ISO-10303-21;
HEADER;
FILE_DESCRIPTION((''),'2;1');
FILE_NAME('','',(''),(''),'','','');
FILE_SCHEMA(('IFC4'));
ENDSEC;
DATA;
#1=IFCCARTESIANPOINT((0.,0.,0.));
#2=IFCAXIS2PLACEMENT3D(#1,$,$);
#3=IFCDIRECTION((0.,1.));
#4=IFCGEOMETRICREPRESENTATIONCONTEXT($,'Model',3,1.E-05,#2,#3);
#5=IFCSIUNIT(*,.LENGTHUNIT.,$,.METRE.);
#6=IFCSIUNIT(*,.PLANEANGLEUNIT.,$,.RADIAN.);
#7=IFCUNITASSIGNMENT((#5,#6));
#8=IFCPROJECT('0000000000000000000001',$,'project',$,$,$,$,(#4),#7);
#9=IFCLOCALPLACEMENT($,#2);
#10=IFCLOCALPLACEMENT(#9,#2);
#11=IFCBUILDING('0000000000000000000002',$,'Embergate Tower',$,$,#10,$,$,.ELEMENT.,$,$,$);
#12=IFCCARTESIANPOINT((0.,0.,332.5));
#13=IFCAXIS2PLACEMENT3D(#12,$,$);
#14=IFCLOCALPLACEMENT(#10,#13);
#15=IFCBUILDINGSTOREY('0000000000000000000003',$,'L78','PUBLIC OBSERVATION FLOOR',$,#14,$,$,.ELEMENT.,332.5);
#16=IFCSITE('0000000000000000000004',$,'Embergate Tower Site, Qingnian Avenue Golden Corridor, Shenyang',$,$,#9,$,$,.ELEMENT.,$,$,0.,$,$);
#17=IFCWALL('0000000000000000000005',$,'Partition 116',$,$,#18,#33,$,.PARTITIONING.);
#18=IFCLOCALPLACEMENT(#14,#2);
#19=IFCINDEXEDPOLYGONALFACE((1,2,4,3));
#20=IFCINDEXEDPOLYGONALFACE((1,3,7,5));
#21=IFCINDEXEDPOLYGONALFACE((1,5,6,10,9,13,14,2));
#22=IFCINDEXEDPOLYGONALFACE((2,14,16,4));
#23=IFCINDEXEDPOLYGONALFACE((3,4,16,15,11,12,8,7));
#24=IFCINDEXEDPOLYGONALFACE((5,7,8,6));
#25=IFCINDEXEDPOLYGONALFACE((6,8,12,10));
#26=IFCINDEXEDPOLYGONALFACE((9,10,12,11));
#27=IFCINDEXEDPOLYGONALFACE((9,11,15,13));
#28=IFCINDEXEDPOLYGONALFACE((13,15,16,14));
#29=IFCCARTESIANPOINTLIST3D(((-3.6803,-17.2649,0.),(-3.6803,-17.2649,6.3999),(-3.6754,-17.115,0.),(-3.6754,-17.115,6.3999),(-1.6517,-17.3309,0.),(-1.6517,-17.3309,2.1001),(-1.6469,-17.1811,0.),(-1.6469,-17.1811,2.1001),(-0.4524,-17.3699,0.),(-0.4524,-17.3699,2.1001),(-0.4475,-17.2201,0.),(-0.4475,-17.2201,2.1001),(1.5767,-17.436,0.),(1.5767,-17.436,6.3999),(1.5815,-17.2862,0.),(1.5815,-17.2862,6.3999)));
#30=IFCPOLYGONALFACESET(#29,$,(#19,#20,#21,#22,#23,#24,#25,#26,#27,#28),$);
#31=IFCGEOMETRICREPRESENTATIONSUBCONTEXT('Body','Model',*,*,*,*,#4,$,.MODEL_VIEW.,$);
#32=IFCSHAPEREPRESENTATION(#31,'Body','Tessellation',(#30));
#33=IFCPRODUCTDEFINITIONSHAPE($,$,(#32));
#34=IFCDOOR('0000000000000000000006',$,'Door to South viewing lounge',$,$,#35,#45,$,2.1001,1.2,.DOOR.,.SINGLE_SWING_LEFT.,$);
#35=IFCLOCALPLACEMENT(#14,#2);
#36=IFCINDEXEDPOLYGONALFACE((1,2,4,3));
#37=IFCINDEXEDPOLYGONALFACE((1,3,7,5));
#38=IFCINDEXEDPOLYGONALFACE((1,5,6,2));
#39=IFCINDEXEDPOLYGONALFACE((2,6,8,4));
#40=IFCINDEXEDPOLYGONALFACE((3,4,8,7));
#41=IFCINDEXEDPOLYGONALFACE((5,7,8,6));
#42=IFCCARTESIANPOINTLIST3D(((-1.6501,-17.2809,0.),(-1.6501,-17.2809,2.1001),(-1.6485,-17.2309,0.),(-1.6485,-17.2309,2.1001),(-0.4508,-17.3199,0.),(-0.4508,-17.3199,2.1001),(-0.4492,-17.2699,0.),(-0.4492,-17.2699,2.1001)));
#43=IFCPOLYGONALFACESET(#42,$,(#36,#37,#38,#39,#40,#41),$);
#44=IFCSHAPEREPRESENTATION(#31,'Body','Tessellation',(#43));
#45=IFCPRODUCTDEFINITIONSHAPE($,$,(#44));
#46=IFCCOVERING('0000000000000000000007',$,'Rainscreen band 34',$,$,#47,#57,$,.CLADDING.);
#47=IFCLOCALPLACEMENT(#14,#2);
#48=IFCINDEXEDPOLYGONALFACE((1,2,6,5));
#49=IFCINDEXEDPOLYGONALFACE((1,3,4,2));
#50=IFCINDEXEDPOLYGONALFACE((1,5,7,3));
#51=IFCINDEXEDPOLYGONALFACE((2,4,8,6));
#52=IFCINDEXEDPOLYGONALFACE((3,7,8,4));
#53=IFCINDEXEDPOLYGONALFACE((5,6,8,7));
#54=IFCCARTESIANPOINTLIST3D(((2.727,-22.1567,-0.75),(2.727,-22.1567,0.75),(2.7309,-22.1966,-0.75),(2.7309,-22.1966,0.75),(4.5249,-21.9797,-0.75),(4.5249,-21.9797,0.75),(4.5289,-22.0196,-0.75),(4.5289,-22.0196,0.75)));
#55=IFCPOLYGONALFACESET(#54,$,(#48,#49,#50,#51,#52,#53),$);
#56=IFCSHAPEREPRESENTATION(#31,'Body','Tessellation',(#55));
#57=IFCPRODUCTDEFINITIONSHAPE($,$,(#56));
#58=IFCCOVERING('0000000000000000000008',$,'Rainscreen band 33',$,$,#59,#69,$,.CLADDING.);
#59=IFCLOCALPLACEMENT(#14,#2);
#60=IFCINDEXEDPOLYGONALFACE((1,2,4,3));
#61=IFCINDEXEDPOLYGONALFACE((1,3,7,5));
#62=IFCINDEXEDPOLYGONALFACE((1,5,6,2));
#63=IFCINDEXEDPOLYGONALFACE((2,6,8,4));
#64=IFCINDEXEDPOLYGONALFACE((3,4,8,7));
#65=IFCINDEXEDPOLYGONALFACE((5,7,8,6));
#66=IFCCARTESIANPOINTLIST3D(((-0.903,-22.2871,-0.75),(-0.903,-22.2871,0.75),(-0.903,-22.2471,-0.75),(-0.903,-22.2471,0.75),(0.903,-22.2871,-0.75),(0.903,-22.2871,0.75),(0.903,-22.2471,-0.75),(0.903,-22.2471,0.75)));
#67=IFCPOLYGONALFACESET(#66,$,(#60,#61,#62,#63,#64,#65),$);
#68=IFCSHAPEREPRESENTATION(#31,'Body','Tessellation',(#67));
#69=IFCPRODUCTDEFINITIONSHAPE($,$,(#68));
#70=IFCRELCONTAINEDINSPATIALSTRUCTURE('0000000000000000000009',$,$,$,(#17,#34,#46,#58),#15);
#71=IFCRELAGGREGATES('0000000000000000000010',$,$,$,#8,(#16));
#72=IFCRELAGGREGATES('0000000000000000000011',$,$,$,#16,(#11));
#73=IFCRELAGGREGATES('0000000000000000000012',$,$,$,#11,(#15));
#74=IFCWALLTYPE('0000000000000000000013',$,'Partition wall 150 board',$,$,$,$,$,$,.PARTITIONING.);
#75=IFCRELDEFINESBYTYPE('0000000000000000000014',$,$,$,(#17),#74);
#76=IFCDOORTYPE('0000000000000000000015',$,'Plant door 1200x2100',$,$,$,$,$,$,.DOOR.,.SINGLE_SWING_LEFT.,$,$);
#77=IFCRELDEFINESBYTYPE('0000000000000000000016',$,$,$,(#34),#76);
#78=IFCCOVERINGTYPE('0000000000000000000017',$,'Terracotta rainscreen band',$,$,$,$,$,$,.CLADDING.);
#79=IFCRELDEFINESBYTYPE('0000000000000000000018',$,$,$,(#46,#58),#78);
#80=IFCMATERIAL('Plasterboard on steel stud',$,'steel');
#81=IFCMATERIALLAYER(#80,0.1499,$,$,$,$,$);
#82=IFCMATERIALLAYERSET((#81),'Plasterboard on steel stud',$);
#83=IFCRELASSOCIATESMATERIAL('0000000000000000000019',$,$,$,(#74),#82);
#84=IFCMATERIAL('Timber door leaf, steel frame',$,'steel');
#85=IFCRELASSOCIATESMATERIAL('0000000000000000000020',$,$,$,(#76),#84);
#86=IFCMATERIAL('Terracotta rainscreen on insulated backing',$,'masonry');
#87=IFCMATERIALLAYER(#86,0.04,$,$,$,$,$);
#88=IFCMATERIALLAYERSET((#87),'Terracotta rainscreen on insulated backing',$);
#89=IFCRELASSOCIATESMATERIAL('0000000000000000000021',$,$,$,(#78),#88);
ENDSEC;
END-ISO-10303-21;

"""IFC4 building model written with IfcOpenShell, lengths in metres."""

from ifc_helpers import new_model, si_unit, direction, frame, frame_2d, origin, origin_2d, place, context, subcontext, project, spatial, rectangle, extrude, source, transform, mapped, material, layer, layer_set, type_object, element, fill, save


model = new_model("IFC4")

# Units and contexts
model_context = context("Model", 3, precision=1e-05, world=origin(), true_north=direction((0.0, 1.0)))
body_context = subcontext(model_context, "Body", "Model", "MODEL_VIEW")
ifc_project = project(units=[si_unit("LENGTHUNIT", "METRE"), si_unit("PLANEANGLEUNIT", "RADIAN")], contexts=[model_context])

# Site, building, storey
site_placement = place(None, origin())
site = spatial("IfcSite", under=ifc_project, at=site_placement, Name="Embergate Tower Site, Qingnian Avenue Golden Corridor, Shenyang", CompositionType="ELEMENT", RefElevation=0.0)
building_placement = place(site_placement, origin())
building = spatial("IfcBuilding", under=site, at=building_placement, Name="Embergate Tower", CompositionType="ELEMENT")
storey_placement = place(building_placement, frame((0.0, 0.0, 332.5)))
storey = spatial("IfcBuildingStorey", under=building, at=storey_placement, Name="L78", Description="PUBLIC OBSERVATION FLOOR", CompositionType="ELEMENT", Elevation=332.5)

# Shared definitions
ifc_material_1 = material(Name="Plasterboard on steel stud", Category="steel")
ifc_layer_1 = layer(ifc_material_1, 0.1499)
ifc_layer_set_1 = layer_set([ifc_layer_1], Name="Plasterboard on steel stud")
wall_type = type_object("IfcWallType", Name="Partition wall 150 board", PredefinedType="PARTITIONING", material=ifc_layer_set_1)

# Wall, opening, door
shared_shape_1 = source(origin(), body_context, "Body", "SweptSolid", [
    extrude(rectangle(XDim=5.2598, YDim=0.1499, at=frame_2d((2.6299, 0.0))), origin(), (0.0, 0.0, 1.0), 6.3999),
])
wall_1_placement = place(storey_placement, frame((1.5791, -17.3611, 0.0), z_axis=(0.0, 0.0, 1.0), x_axis=(-0.999471, 0.032537, 0.0)))
wall_1 = element("IfcWall", 1, at=wall_1_placement, inside=storey, type_object=wall_type, Name="Partition 116", PredefinedType="PARTITIONING", context=body_context, shape_type="MappedRepresentation", body=[
    mapped(shared_shape_1, transform((0.0, 0.0, 0.0))),
])
shared_shape_2 = source(origin(), body_context, "Body", "SweptSolid", [
    extrude(rectangle(XDim=1.2, YDim=2.1001, at=frame_2d((0.6001, 1.05))), frame((0.0, 0.085, 0.0), z_axis=(0.0, -1.0, 0.0), x_axis=(1.0, 0.0, 0.0)), (0.0, 0.0, 1.0), 0.1699),
])
opening_placement = place(wall_1_placement, frame((2.03, 0.0, 0.0)))
opening = element("IfcOpeningElement", 2, at=opening_placement, cuts=wall_1, PredefinedType="OPENING", context=body_context, shape_type="MappedRepresentation", body=[
    mapped(shared_shape_2, transform((0.0, 0.0, 0.0))),
])
ifc_material_2 = material(Name="Timber door leaf, steel frame", Category="steel")
door_type = type_object("IfcDoorType", Name="Plant door 1200x2100", OperationType="SINGLE_SWING_LEFT", PredefinedType="DOOR", material=ifc_material_2)
shared_shape_3 = source(origin(), body_context, "Body", "SweptSolid", [
    extrude(rectangle(XDim=1.2, YDim=2.1001, at=frame_2d((0.6001, 1.05))), frame((0.0, 0.0249, 0.0), z_axis=(0.0, -1.0, 0.0), x_axis=(1.0, 0.0, 0.0)), (0.0, 0.0, 1.0), 0.05),
])
door_placement = place(opening_placement, origin())
door = element("IfcDoor", 3, at=door_placement, inside=storey, type_object=door_type, Name="Door to South viewing lounge", OperationType="SINGLE_SWING_LEFT", OverallHeight=2.1001, OverallWidth=1.2, PredefinedType="DOOR", context=body_context, shape_type="MappedRepresentation", body=[
    mapped(shared_shape_3, transform((0.0, 0.0, 0.0))),
])
fill(opening, door)

# Coverings
ifc_material_3 = material(Name="Terracotta rainscreen on insulated backing", Category="masonry")
ifc_layer_2 = layer(ifc_material_3, 0.04)
ifc_layer_set_2 = layer_set([ifc_layer_2], Name="Terracotta rainscreen on insulated backing")
covering_type = type_object("IfcCoveringType", Name="Terracotta rainscreen band", PredefinedType="CLADDING", material=ifc_layer_set_2)
shared_shape_4 = source(origin(), body_context, "Body", "SweptSolid", [
    extrude(rectangle(XDim=1.8066, YDim=0.04, at=origin_2d()), origin(), (0.0, 0.0, 1.0), 1.5),
])
covering_1_placement = place(storey_placement, frame((3.6279, -22.0881, -0.75), z_axis=(0.0, 0.0, 1.0), x_axis=(0.99519, 0.097969, 0.0)))
element("IfcCovering", 4, at=covering_1_placement, inside=storey, type_object=covering_type, Name="Rainscreen band 34", PredefinedType="CLADDING", context=body_context, shape_type="MappedRepresentation", body=[
    mapped(shared_shape_4, transform((0.0, 0.0, 0.0))),
])
shared_shape_5 = source(origin(), body_context, "Body", "SweptSolid", [
    extrude(rectangle(XDim=1.8059, YDim=0.04, at=origin_2d()), origin(), (0.0, 0.0, 1.0), 1.5),
])
covering_2_placement = place(storey_placement, frame((0.0, -22.2671, -0.75), z_axis=(0.0, 0.0, 1.0), x_axis=(1.0, 0.0, 0.0)))
element("IfcCovering", 5, at=covering_2_placement, inside=storey, type_object=covering_type, Name="Rainscreen band 33", PredefinedType="CLADDING", context=body_context, shape_type="MappedRepresentation", body=[
    mapped(shared_shape_5, transform((0.0, 0.0, 0.0))),
])

save(model, "model.ifc")
